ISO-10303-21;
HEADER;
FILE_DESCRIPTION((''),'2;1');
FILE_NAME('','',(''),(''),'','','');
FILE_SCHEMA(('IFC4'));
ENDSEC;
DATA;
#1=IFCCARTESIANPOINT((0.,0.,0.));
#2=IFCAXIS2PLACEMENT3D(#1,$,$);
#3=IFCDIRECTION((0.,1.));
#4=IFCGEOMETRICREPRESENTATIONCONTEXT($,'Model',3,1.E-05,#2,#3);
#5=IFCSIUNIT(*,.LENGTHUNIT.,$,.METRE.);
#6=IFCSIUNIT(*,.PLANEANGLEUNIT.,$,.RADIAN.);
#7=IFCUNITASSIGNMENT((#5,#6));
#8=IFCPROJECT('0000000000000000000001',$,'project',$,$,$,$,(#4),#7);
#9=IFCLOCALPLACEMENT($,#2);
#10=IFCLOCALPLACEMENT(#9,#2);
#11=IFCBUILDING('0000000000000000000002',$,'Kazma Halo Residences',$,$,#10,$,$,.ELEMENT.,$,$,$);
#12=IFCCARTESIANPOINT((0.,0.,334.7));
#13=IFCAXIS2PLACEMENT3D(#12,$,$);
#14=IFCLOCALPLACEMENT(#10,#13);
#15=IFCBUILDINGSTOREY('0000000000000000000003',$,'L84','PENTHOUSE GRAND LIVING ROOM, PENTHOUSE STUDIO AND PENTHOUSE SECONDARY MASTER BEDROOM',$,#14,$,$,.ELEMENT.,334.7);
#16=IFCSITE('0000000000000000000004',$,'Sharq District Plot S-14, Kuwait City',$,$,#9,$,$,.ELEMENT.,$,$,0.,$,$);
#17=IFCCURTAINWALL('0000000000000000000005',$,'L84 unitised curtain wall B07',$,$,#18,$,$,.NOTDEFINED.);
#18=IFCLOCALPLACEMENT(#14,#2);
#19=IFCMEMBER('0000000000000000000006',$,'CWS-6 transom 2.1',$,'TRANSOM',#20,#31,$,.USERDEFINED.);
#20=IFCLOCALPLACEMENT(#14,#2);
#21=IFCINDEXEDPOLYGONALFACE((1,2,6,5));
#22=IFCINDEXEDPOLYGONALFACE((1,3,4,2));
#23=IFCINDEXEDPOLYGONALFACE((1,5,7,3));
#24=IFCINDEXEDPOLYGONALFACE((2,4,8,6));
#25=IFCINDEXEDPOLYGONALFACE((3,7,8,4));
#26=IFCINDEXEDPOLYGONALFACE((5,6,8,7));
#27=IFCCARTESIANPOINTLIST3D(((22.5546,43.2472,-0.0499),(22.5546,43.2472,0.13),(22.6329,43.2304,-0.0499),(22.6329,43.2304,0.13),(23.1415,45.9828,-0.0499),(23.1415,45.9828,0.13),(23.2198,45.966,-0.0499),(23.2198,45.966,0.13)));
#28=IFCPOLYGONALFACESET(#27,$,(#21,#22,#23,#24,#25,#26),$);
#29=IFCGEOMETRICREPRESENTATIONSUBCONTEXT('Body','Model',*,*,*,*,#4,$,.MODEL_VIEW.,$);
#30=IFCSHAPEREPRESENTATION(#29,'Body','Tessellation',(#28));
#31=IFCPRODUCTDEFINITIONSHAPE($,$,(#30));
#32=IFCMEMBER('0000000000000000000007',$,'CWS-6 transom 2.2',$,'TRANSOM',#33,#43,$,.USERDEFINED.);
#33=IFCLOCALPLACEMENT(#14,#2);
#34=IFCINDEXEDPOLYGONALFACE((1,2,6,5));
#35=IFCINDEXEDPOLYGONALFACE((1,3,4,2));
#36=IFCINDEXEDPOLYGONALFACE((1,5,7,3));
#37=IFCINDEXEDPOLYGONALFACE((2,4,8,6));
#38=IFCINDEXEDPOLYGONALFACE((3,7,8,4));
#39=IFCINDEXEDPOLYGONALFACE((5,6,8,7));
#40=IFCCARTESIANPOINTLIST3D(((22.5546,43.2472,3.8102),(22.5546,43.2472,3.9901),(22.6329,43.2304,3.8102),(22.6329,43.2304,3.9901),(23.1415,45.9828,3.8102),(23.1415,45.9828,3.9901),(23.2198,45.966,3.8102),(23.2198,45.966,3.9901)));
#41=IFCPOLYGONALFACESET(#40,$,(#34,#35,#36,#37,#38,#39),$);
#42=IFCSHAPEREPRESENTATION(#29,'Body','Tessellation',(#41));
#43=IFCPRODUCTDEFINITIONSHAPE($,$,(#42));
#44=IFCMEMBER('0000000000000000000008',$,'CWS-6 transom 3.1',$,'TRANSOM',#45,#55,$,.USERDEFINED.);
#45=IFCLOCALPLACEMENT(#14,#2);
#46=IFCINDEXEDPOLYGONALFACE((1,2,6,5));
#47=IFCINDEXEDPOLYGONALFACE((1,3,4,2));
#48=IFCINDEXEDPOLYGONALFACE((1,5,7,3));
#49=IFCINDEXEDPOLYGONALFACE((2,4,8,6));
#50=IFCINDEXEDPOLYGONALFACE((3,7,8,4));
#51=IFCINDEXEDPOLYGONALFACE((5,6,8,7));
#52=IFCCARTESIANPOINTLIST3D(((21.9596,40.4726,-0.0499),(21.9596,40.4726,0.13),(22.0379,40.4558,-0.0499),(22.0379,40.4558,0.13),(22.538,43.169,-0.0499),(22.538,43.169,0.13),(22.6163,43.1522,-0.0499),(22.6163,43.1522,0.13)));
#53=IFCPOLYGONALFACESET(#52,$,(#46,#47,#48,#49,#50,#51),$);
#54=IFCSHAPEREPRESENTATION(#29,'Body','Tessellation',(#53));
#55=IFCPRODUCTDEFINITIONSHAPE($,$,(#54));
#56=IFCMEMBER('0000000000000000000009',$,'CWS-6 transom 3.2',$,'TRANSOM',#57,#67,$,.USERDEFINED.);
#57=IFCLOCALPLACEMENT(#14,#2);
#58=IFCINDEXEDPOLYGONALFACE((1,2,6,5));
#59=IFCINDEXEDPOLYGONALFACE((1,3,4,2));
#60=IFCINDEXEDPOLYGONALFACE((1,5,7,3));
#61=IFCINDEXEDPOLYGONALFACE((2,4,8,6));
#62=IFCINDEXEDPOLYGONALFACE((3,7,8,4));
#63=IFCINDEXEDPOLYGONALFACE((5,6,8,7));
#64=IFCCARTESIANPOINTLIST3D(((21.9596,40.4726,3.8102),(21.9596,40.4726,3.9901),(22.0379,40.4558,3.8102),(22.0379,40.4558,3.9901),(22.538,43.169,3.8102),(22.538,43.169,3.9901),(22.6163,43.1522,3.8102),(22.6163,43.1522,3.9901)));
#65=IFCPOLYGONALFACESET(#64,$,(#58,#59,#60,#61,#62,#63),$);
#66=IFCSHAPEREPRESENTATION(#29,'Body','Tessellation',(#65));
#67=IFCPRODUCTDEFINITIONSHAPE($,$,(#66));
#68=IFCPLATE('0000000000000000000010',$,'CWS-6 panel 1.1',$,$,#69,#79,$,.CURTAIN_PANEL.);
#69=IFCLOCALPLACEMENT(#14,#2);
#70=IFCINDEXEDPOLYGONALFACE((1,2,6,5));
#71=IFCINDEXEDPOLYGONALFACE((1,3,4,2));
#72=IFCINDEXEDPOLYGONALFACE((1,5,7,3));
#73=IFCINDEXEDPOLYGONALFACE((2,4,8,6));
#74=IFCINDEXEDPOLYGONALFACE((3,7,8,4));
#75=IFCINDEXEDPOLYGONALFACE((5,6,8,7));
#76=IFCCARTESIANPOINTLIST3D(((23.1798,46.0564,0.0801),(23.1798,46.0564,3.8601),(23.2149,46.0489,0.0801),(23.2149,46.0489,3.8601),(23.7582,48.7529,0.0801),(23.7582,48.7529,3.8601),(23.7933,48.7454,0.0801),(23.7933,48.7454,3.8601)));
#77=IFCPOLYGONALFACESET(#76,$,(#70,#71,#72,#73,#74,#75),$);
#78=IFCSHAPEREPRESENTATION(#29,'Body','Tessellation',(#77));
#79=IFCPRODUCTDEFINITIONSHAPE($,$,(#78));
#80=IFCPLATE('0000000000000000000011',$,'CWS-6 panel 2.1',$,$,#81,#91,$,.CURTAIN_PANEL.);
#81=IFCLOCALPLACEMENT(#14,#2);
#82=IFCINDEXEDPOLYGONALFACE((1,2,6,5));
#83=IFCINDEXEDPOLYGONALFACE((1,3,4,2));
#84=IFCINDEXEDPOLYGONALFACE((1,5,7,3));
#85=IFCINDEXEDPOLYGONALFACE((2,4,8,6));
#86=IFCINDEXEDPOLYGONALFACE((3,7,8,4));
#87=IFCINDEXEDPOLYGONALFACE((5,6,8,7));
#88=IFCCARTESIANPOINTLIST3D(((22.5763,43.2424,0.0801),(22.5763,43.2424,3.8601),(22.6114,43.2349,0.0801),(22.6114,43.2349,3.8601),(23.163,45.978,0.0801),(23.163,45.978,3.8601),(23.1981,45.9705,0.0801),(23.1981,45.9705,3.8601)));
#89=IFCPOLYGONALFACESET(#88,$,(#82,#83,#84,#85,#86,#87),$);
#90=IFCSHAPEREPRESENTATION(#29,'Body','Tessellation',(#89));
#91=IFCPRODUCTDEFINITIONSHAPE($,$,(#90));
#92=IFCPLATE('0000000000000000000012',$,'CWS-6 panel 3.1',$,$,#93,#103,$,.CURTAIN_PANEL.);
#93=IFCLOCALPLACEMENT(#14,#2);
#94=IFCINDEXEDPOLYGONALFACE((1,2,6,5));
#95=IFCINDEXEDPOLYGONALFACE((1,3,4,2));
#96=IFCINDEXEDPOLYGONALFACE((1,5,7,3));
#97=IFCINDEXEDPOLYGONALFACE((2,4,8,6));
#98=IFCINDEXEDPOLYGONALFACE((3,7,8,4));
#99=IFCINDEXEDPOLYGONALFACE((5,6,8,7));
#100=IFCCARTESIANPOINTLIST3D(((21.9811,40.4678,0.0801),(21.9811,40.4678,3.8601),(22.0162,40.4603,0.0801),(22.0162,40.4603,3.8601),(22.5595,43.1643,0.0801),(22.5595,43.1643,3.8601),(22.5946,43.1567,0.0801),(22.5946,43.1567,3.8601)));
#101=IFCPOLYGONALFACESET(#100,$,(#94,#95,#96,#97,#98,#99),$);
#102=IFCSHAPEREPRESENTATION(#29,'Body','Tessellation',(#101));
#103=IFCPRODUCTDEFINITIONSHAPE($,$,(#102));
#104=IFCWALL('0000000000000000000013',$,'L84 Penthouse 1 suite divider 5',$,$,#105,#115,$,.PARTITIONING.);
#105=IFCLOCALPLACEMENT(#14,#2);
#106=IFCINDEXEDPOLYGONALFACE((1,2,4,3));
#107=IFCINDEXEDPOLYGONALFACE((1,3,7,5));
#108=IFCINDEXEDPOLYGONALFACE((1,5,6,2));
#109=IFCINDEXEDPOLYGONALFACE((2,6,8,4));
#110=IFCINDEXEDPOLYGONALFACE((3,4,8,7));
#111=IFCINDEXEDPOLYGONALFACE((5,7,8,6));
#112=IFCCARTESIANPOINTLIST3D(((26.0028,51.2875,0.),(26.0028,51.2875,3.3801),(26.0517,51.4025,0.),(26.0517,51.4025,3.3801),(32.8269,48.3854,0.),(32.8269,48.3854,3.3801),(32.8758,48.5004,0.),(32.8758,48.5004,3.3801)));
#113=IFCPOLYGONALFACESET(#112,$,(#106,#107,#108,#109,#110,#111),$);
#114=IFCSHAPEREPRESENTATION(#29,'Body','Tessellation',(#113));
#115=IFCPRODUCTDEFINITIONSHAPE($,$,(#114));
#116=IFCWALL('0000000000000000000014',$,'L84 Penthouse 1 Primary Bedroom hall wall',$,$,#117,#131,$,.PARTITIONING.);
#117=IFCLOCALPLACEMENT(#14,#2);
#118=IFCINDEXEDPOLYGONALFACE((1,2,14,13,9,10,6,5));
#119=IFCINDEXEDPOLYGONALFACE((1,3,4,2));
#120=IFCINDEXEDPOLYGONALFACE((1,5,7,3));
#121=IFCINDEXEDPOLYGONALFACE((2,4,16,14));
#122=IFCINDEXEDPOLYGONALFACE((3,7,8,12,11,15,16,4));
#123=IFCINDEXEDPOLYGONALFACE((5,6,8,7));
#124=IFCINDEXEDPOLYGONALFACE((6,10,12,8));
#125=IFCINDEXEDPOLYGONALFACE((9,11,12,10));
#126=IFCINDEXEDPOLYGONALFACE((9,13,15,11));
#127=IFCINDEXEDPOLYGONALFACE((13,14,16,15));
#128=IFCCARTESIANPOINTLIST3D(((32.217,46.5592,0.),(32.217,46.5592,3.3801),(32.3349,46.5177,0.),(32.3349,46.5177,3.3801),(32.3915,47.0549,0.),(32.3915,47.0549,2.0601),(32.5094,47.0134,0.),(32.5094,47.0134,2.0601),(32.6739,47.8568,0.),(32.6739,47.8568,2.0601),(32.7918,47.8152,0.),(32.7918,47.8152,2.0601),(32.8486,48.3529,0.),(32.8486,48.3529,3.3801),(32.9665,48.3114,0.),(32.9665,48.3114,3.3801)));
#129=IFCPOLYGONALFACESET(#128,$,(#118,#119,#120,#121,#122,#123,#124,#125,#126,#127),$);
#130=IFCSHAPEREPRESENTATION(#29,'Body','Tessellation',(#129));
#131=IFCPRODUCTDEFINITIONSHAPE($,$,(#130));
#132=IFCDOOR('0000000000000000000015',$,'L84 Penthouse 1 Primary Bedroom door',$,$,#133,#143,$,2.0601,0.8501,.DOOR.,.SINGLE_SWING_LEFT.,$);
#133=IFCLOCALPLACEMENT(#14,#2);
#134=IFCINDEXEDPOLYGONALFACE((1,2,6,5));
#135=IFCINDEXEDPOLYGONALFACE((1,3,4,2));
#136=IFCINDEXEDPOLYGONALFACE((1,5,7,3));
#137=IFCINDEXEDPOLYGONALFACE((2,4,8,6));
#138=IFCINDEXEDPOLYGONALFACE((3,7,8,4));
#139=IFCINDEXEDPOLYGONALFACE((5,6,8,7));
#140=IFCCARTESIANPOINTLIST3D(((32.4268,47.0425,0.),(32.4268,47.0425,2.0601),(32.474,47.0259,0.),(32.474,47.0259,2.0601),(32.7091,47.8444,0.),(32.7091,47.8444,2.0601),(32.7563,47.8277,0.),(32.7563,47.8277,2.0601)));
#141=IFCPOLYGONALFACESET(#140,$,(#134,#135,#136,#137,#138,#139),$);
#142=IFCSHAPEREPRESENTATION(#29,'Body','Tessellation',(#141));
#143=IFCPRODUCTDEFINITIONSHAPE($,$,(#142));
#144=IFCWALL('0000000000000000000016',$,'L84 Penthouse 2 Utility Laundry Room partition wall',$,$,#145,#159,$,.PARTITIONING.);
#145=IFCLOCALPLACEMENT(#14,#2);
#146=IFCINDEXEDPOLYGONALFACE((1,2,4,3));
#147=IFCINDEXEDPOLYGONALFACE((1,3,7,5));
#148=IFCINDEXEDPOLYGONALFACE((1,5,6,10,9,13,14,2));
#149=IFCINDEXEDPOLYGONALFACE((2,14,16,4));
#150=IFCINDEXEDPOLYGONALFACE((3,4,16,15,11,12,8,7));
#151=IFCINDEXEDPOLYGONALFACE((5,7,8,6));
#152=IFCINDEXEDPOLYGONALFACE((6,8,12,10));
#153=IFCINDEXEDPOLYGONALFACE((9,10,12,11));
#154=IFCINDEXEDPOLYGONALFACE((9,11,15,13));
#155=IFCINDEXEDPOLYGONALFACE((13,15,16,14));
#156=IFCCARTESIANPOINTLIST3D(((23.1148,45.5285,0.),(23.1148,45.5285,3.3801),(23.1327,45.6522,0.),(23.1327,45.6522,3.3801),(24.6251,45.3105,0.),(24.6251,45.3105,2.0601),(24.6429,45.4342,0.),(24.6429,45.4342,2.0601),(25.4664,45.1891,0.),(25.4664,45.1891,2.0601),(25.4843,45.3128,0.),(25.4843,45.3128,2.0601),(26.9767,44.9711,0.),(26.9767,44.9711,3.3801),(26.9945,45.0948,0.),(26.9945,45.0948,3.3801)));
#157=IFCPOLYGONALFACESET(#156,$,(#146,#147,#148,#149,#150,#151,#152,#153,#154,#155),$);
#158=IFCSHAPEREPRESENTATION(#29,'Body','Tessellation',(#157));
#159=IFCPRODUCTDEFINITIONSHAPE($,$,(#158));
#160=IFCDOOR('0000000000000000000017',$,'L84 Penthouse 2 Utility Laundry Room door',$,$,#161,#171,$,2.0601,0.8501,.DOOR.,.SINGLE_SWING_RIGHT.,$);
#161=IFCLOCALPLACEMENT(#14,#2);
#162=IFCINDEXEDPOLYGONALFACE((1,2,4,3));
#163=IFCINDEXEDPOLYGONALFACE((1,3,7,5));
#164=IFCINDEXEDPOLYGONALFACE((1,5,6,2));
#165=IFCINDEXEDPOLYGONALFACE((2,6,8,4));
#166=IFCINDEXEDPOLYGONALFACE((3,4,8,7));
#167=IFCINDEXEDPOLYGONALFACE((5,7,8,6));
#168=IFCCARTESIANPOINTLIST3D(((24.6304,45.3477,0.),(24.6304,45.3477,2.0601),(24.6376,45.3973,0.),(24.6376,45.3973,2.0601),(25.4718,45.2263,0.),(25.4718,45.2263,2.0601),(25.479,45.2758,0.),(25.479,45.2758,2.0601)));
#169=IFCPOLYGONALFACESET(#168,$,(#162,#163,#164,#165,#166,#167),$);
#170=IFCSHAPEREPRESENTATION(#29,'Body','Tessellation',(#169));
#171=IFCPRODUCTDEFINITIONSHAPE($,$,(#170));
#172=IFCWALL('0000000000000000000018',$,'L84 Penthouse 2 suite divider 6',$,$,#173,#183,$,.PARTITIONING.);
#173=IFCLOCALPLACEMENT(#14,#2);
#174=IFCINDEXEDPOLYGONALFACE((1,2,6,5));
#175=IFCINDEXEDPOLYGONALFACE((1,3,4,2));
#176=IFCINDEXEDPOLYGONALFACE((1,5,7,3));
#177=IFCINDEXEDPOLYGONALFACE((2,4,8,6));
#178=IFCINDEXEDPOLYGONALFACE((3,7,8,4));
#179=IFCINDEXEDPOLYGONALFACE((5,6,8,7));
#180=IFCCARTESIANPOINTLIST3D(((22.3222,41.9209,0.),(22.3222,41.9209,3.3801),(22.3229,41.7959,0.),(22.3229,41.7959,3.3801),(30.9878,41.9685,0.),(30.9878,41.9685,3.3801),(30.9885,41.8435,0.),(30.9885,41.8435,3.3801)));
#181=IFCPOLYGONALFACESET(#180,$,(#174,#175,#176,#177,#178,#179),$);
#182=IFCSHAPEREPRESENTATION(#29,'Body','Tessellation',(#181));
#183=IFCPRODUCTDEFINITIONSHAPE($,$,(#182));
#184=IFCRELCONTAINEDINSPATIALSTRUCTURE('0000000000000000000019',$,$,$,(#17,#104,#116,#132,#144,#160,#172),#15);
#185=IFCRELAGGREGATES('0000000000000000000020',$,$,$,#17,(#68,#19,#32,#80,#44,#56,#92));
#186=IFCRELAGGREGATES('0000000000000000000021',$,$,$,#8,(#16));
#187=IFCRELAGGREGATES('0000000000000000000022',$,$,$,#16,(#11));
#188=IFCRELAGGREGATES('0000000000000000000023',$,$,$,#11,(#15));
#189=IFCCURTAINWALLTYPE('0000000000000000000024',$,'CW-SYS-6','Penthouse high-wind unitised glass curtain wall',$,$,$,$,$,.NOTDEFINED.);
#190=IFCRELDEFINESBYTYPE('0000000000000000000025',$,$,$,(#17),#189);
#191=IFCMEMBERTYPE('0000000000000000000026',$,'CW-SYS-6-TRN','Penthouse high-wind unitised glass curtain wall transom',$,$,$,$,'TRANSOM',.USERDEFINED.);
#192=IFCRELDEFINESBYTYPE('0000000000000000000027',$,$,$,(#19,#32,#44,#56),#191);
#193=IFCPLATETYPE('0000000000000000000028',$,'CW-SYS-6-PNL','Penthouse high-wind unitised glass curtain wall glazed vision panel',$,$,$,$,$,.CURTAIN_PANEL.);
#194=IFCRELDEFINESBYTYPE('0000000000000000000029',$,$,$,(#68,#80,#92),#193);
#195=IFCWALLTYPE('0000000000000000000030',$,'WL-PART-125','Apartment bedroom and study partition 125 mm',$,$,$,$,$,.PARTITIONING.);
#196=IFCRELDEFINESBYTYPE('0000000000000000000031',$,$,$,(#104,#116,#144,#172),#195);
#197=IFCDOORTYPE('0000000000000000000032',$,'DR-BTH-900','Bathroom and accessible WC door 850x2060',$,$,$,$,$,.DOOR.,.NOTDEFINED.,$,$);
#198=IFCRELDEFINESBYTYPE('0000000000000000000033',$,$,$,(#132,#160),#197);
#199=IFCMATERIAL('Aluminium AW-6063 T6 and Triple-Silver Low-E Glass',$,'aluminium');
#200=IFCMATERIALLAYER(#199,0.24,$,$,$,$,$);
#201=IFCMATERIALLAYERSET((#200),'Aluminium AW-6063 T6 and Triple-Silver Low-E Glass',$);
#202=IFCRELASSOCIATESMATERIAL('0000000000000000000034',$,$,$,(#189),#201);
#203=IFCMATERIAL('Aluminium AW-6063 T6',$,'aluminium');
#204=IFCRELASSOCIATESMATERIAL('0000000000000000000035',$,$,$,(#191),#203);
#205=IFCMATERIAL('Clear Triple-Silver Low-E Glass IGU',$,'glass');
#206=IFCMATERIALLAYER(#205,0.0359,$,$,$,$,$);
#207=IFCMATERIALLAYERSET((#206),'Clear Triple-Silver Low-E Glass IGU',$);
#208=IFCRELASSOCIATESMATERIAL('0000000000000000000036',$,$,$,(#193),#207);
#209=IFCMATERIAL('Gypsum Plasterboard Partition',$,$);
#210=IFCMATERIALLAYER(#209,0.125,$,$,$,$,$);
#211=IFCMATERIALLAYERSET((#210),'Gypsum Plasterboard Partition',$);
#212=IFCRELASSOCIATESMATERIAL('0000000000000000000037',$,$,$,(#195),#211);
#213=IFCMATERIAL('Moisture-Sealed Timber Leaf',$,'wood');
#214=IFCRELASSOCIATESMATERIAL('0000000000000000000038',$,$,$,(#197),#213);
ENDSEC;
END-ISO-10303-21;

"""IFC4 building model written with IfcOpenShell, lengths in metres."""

from ifc_helpers import new_model, si_unit, direction, frame, frame_2d, origin, origin_2d, place, context, subcontext, project, spatial, rectangle, extrude, material, layer, layer_set, material_profile, profile_set, type_object, element, fill, aggregate, save


model = new_model("IFC4")

# Units and contexts
model_context = context("Model", 3, precision=1e-05, world=origin(), true_north=direction((0.0, 1.0)))
body_context = subcontext(model_context, "Body", "Model", "MODEL_VIEW")
ifc_project = project(units=[si_unit("LENGTHUNIT", "METRE"), si_unit("PLANEANGLEUNIT", "RADIAN")], contexts=[model_context])

# Site, building, storey
site_placement = place(None, origin())
site = spatial("IfcSite", under=ifc_project, at=site_placement, Name="Sharq District Plot S-14, Kuwait City", CompositionType="ELEMENT", RefElevation=0.0)
building_placement = place(site_placement, origin())
building = spatial("IfcBuilding", under=site, at=building_placement, Name="Kazma Halo Residences", CompositionType="ELEMENT")
storey_placement = place(building_placement, frame((0.0, 0.0, 334.7)))
storey = spatial("IfcBuildingStorey", under=building, at=storey_placement, Name="L84", Description="PENTHOUSE GRAND LIVING ROOM, PENTHOUSE STUDIO AND PENTHOUSE SECONDARY MASTER BEDROOM", CompositionType="ELEMENT", Elevation=334.7)

# Curtain wall, members, plates
ifc_material_1 = material(Name="Aluminium AW-6063 T6 and Triple-Silver Low-E Glass", Category="aluminium")
ifc_layer_1 = layer(ifc_material_1, 0.24)
ifc_layer_set_1 = layer_set([ifc_layer_1], Name="Aluminium AW-6063 T6 and Triple-Silver Low-E Glass")
curtain_wall_type = type_object("IfcCurtainWallType", Name="CW-SYS-6", Description="Penthouse high-wind unitised glass curtain wall", PredefinedType="NOTDEFINED", material=ifc_layer_set_1)
curtain_wall_placement = place(storey_placement, origin())
curtain_wall = element("IfcCurtainWall", 1, at=curtain_wall_placement, inside=storey, type_object=curtain_wall_type, Name="L84 unitised curtain wall B07", PredefinedType="NOTDEFINED")
ifc_material_2 = material(Name="Aluminium AW-6063 T6", Category="aluminium")
ifc_material_profile_1 = material_profile(ifc_material_2, rectangle(XDim=0.0801, YDim=0.1799, at=origin_2d()), Name="CWT-80x180")
ifc_profile_set_1 = profile_set([ifc_material_profile_1], Name="Aluminium AW-6063 T6")
member_type_1 = type_object("IfcMemberType", Name="CW-SYS-6-TRN", Description="Penthouse high-wind unitised glass curtain wall transom", ElementType="TRANSOM", PredefinedType="USERDEFINED", material=ifc_profile_set_1)
member_1_placement = place(storey_placement, frame((23.1807, 45.9744, 0.04), z_axis=(-0.209773, -0.97775, 0.0), x_axis=(0.97775, -0.209773, 0.0)))
member_1 = element("IfcMember", 2, at=member_1_placement, type_object=member_type_1, Name="CWS-6 transom 2.1", ObjectType="TRANSOM", PredefinedType="USERDEFINED", context=body_context, shape_type="SweptSolid", body=[
    extrude(rectangle(XDim=0.0801, YDim=0.1799, at=origin_2d()), origin(), (0.0, 0.0, 1.0), 2.7979),
])
member_2_placement = place(storey_placement, frame((23.1807, 45.9744, 3.9001), z_axis=(-0.209773, -0.97775, 0.0), x_axis=(0.97775, -0.209773, 0.0)))
member_2 = element("IfcMember", 3, at=member_2_placement, type_object=member_type_1, Name="CWS-6 transom 2.2", ObjectType="TRANSOM", PredefinedType="USERDEFINED", context=body_context, shape_type="SweptSolid", body=[
    extrude(rectangle(XDim=0.0801, YDim=0.1799, at=origin_2d()), origin(), (0.0, 0.0, 1.0), 2.7979),
])
member_3_placement = place(storey_placement, frame((22.5771, 43.1606, 0.04), z_axis=(-0.209716, -0.977762, 0.0), x_axis=(0.977762, -0.209716, 0.0)))
member_3 = element("IfcMember", 4, at=member_3_placement, type_object=member_type_1, Name="CWS-6 transom 3.1", ObjectType="TRANSOM", PredefinedType="USERDEFINED", context=body_context, shape_type="SweptSolid", body=[
    extrude(rectangle(XDim=0.0801, YDim=0.1799, at=origin_2d()), origin(), (0.0, 0.0, 1.0), 2.7578),
])
member_4_placement = place(storey_placement, frame((22.5771, 43.1606, 3.9001), z_axis=(-0.209716, -0.977762, 0.0), x_axis=(0.977762, -0.209716, 0.0)))
member_4 = element("IfcMember", 5, at=member_4_placement, type_object=member_type_1, Name="CWS-6 transom 3.2", ObjectType="TRANSOM", PredefinedType="USERDEFINED", context=body_context, shape_type="SweptSolid", body=[
    extrude(rectangle(XDim=0.0801, YDim=0.1799, at=origin_2d()), origin(), (0.0, 0.0, 1.0), 2.7578),
])
ifc_material_3 = material(Name="Clear Triple-Silver Low-E Glass IGU", Category="glass")
ifc_layer_2 = layer(ifc_material_3, 0.0359)
ifc_layer_set_2 = layer_set([ifc_layer_2], Name="Clear Triple-Silver Low-E Glass IGU")
plate_type = type_object("IfcPlateType", Name="CW-SYS-6-PNL", Description="Penthouse high-wind unitised glass curtain wall glazed vision panel", PredefinedType="CURTAIN_PANEL", material=ifc_layer_set_2)
plate_1_placement = place(storey_placement, frame((23.4866, 47.4009, 0.0801), z_axis=(0.0, 0.0, 1.0), x_axis=(-0.209723, -0.977761, 0.0)))
plate_1 = element("IfcPlate", 6, at=plate_1_placement, type_object=plate_type, Name="CWS-6 panel 1.1", PredefinedType="CURTAIN_PANEL", context=body_context, shape_type="SweptSolid", body=[
    extrude(rectangle(XDim=2.7578, YDim=0.0359, at=origin_2d()), origin(), (0.0, 0.0, 1.0), 3.78),
])
plate_2_placement = place(storey_placement, frame((22.8872, 44.6064, 0.0801), z_axis=(0.0, 0.0, 1.0), x_axis=(-0.209723, -0.977761, 0.0)))
plate_2 = element("IfcPlate", 7, at=plate_2_placement, type_object=plate_type, Name="CWS-6 panel 2.1", PredefinedType="CURTAIN_PANEL", context=body_context, shape_type="SweptSolid", body=[
    extrude(rectangle(XDim=2.7979, YDim=0.0359, at=origin_2d()), origin(), (0.0, 0.0, 1.0), 3.78),
])
plate_3_placement = place(storey_placement, frame((22.2878, 41.8123, 0.0801), z_axis=(0.0, 0.0, 1.0), x_axis=(-0.209723, -0.977761, 0.0)))
plate_3 = element("IfcPlate", 8, at=plate_3_placement, type_object=plate_type, Name="CWS-6 panel 3.1", PredefinedType="CURTAIN_PANEL", context=body_context, shape_type="SweptSolid", body=[
    extrude(rectangle(XDim=2.7578, YDim=0.0359, at=origin_2d()), origin(), (0.0, 0.0, 1.0), 3.78),
])
aggregate(curtain_wall, [plate_1, member_1, member_2, plate_2, member_3, member_4, plate_3])

# Wall
ifc_material_4 = material(Name="Gypsum Plasterboard Partition")
ifc_layer_3 = layer(ifc_material_4, 0.125)
ifc_layer_set_3 = layer_set([ifc_layer_3], Name="Gypsum Plasterboard Partition")
wall_type_1 = type_object("IfcWallType", Name="WL-PART-125", Description="Apartment bedroom and study partition 125 mm", PredefinedType="PARTITIONING", material=ifc_layer_set_3)
wall_1_placement = place(storey_placement, frame((32.8513, 48.4429, 0.0), z_axis=(0.0, 0.0, 1.0), x_axis=(-0.920238, 0.391359, 0.0)))
element("IfcWall", 9, at=wall_1_placement, inside=storey, type_object=wall_type_1, Name="L84 Penthouse 1 suite divider 5", PredefinedType="PARTITIONING", context=body_context, shape_type="SweptSolid", body=[
    extrude(rectangle(XDim=7.4155, YDim=0.125, at=frame_2d((3.7078, 0.0))), origin(), (0.0, 0.0, 1.0), 3.3801),
])

# Walls, openings, doors
wall_2_placement = place(storey_placement, frame((32.9075, 48.332, 0.0), z_axis=(0.0, 0.0, 1.0), x_axis=(-0.332128, -0.943234, 0.0)))
wall_2 = element("IfcWall", 10, at=wall_2_placement, inside=storey, type_object=wall_type_1, Name="L84 Penthouse 1 Primary Bedroom hall wall", PredefinedType="PARTITIONING", context=body_context, shape_type="SweptSolid", body=[
    extrude(rectangle(XDim=1.9016, YDim=0.125, at=frame_2d((0.9507, 0.0))), origin(), (0.0, 0.0, 1.0), 3.3801),
])
opening_1_placement = place(wall_2_placement, frame((0.5259, 0.0, 0.0)))
opening_1 = element("IfcOpeningElement", 11, at=opening_1_placement, cuts=wall_2, PredefinedType="OPENING", context=body_context, shape_type="SweptSolid", body=[
    extrude(rectangle(XDim=0.8501, YDim=2.0601, at=frame_2d((0.425, 1.03))), frame((0.0, 0.0725, 0.0), z_axis=(0.0, -1.0, 0.0), x_axis=(1.0, 0.0, 0.0)), (0.0, 0.0, 1.0), 0.145),
])
ifc_material_5 = material(Name="Moisture-Sealed Timber Leaf", Category="wood")
door_type = type_object("IfcDoorType", Name="DR-BTH-900", Description="Bathroom and accessible WC door 850x2060", OperationType="NOTDEFINED", PredefinedType="DOOR", material=ifc_material_5)
door_1_placement = place(opening_1_placement, origin())
door_1 = element("IfcDoor", 12, at=door_1_placement, inside=storey, type_object=door_type, Name="L84 Penthouse 1 Primary Bedroom door", OperationType="SINGLE_SWING_LEFT", OverallHeight=2.0601, OverallWidth=0.8501, PredefinedType="DOOR", context=body_context, shape_type="SweptSolid", body=[
    extrude(rectangle(XDim=0.8501, YDim=2.0601, at=frame_2d((0.425, 1.03))), frame((0.0, 0.0249, 0.0), z_axis=(0.0, -1.0, 0.0), x_axis=(1.0, 0.0, 0.0)), (0.0, 0.0, 1.0), 0.05),
])
fill(opening_1, door_1)
wall_3_placement = place(storey_placement, frame((26.9856, 45.033, 0.0), z_axis=(0.0, 0.0, 1.0), x_axis=(-0.989744, 0.142849, 0.0)))
wall_3 = element("IfcWall", 13, at=wall_3_placement, inside=storey, type_object=wall_type_1, Name="L84 Penthouse 2 Utility Laundry Room partition wall", PredefinedType="PARTITIONING", context=body_context, shape_type="SweptSolid", body=[
    extrude(rectangle(XDim=3.9019, YDim=0.125, at=frame_2d((1.9509, 0.0))), origin(), (0.0, 0.0, 1.0), 3.3801),
])
opening_2_placement = place(wall_3_placement, frame((1.5259, 0.0, 0.0)))
opening_2 = element("IfcOpeningElement", 14, at=opening_2_placement, cuts=wall_3, PredefinedType="OPENING", context=body_context, shape_type="SweptSolid", body=[
    extrude(rectangle(XDim=0.8501, YDim=2.0601, at=frame_2d((0.425, 1.03))), frame((0.0, 0.0725, 0.0), z_axis=(0.0, -1.0, 0.0), x_axis=(1.0, 0.0, 0.0)), (0.0, 0.0, 1.0), 0.145),
])
door_2_placement = place(opening_2_placement, origin())
door_2 = element("IfcDoor", 15, at=door_2_placement, inside=storey, type_object=door_type, Name="L84 Penthouse 2 Utility Laundry Room door", OperationType="SINGLE_SWING_RIGHT", OverallHeight=2.0601, OverallWidth=0.8501, PredefinedType="DOOR", context=body_context, shape_type="SweptSolid", body=[
    extrude(rectangle(XDim=0.8501, YDim=2.0601, at=frame_2d((0.425, 1.03))), frame((0.0, 0.0249, 0.0), z_axis=(0.0, -1.0, 0.0), x_axis=(1.0, 0.0, 0.0)), (0.0, 0.0, 1.0), 0.05),
])
fill(opening_2, door_2)

# Wall
wall_4_placement = place(storey_placement, frame((30.9883, 41.906, 0.0), z_axis=(0.0, 0.0, 1.0), x_axis=(-0.999985, -0.005494, 0.0)))
element("IfcWall", 16, at=wall_4_placement, inside=storey, type_object=wall_type_1, Name="L84 Penthouse 2 suite divider 6", PredefinedType="PARTITIONING", context=body_context, shape_type="SweptSolid", body=[
    extrude(rectangle(XDim=8.6658, YDim=0.125, at=frame_2d((4.333, 0.0))), origin(), (0.0, 0.0, 1.0), 3.3801),
])

save(model, "model.ifc")
